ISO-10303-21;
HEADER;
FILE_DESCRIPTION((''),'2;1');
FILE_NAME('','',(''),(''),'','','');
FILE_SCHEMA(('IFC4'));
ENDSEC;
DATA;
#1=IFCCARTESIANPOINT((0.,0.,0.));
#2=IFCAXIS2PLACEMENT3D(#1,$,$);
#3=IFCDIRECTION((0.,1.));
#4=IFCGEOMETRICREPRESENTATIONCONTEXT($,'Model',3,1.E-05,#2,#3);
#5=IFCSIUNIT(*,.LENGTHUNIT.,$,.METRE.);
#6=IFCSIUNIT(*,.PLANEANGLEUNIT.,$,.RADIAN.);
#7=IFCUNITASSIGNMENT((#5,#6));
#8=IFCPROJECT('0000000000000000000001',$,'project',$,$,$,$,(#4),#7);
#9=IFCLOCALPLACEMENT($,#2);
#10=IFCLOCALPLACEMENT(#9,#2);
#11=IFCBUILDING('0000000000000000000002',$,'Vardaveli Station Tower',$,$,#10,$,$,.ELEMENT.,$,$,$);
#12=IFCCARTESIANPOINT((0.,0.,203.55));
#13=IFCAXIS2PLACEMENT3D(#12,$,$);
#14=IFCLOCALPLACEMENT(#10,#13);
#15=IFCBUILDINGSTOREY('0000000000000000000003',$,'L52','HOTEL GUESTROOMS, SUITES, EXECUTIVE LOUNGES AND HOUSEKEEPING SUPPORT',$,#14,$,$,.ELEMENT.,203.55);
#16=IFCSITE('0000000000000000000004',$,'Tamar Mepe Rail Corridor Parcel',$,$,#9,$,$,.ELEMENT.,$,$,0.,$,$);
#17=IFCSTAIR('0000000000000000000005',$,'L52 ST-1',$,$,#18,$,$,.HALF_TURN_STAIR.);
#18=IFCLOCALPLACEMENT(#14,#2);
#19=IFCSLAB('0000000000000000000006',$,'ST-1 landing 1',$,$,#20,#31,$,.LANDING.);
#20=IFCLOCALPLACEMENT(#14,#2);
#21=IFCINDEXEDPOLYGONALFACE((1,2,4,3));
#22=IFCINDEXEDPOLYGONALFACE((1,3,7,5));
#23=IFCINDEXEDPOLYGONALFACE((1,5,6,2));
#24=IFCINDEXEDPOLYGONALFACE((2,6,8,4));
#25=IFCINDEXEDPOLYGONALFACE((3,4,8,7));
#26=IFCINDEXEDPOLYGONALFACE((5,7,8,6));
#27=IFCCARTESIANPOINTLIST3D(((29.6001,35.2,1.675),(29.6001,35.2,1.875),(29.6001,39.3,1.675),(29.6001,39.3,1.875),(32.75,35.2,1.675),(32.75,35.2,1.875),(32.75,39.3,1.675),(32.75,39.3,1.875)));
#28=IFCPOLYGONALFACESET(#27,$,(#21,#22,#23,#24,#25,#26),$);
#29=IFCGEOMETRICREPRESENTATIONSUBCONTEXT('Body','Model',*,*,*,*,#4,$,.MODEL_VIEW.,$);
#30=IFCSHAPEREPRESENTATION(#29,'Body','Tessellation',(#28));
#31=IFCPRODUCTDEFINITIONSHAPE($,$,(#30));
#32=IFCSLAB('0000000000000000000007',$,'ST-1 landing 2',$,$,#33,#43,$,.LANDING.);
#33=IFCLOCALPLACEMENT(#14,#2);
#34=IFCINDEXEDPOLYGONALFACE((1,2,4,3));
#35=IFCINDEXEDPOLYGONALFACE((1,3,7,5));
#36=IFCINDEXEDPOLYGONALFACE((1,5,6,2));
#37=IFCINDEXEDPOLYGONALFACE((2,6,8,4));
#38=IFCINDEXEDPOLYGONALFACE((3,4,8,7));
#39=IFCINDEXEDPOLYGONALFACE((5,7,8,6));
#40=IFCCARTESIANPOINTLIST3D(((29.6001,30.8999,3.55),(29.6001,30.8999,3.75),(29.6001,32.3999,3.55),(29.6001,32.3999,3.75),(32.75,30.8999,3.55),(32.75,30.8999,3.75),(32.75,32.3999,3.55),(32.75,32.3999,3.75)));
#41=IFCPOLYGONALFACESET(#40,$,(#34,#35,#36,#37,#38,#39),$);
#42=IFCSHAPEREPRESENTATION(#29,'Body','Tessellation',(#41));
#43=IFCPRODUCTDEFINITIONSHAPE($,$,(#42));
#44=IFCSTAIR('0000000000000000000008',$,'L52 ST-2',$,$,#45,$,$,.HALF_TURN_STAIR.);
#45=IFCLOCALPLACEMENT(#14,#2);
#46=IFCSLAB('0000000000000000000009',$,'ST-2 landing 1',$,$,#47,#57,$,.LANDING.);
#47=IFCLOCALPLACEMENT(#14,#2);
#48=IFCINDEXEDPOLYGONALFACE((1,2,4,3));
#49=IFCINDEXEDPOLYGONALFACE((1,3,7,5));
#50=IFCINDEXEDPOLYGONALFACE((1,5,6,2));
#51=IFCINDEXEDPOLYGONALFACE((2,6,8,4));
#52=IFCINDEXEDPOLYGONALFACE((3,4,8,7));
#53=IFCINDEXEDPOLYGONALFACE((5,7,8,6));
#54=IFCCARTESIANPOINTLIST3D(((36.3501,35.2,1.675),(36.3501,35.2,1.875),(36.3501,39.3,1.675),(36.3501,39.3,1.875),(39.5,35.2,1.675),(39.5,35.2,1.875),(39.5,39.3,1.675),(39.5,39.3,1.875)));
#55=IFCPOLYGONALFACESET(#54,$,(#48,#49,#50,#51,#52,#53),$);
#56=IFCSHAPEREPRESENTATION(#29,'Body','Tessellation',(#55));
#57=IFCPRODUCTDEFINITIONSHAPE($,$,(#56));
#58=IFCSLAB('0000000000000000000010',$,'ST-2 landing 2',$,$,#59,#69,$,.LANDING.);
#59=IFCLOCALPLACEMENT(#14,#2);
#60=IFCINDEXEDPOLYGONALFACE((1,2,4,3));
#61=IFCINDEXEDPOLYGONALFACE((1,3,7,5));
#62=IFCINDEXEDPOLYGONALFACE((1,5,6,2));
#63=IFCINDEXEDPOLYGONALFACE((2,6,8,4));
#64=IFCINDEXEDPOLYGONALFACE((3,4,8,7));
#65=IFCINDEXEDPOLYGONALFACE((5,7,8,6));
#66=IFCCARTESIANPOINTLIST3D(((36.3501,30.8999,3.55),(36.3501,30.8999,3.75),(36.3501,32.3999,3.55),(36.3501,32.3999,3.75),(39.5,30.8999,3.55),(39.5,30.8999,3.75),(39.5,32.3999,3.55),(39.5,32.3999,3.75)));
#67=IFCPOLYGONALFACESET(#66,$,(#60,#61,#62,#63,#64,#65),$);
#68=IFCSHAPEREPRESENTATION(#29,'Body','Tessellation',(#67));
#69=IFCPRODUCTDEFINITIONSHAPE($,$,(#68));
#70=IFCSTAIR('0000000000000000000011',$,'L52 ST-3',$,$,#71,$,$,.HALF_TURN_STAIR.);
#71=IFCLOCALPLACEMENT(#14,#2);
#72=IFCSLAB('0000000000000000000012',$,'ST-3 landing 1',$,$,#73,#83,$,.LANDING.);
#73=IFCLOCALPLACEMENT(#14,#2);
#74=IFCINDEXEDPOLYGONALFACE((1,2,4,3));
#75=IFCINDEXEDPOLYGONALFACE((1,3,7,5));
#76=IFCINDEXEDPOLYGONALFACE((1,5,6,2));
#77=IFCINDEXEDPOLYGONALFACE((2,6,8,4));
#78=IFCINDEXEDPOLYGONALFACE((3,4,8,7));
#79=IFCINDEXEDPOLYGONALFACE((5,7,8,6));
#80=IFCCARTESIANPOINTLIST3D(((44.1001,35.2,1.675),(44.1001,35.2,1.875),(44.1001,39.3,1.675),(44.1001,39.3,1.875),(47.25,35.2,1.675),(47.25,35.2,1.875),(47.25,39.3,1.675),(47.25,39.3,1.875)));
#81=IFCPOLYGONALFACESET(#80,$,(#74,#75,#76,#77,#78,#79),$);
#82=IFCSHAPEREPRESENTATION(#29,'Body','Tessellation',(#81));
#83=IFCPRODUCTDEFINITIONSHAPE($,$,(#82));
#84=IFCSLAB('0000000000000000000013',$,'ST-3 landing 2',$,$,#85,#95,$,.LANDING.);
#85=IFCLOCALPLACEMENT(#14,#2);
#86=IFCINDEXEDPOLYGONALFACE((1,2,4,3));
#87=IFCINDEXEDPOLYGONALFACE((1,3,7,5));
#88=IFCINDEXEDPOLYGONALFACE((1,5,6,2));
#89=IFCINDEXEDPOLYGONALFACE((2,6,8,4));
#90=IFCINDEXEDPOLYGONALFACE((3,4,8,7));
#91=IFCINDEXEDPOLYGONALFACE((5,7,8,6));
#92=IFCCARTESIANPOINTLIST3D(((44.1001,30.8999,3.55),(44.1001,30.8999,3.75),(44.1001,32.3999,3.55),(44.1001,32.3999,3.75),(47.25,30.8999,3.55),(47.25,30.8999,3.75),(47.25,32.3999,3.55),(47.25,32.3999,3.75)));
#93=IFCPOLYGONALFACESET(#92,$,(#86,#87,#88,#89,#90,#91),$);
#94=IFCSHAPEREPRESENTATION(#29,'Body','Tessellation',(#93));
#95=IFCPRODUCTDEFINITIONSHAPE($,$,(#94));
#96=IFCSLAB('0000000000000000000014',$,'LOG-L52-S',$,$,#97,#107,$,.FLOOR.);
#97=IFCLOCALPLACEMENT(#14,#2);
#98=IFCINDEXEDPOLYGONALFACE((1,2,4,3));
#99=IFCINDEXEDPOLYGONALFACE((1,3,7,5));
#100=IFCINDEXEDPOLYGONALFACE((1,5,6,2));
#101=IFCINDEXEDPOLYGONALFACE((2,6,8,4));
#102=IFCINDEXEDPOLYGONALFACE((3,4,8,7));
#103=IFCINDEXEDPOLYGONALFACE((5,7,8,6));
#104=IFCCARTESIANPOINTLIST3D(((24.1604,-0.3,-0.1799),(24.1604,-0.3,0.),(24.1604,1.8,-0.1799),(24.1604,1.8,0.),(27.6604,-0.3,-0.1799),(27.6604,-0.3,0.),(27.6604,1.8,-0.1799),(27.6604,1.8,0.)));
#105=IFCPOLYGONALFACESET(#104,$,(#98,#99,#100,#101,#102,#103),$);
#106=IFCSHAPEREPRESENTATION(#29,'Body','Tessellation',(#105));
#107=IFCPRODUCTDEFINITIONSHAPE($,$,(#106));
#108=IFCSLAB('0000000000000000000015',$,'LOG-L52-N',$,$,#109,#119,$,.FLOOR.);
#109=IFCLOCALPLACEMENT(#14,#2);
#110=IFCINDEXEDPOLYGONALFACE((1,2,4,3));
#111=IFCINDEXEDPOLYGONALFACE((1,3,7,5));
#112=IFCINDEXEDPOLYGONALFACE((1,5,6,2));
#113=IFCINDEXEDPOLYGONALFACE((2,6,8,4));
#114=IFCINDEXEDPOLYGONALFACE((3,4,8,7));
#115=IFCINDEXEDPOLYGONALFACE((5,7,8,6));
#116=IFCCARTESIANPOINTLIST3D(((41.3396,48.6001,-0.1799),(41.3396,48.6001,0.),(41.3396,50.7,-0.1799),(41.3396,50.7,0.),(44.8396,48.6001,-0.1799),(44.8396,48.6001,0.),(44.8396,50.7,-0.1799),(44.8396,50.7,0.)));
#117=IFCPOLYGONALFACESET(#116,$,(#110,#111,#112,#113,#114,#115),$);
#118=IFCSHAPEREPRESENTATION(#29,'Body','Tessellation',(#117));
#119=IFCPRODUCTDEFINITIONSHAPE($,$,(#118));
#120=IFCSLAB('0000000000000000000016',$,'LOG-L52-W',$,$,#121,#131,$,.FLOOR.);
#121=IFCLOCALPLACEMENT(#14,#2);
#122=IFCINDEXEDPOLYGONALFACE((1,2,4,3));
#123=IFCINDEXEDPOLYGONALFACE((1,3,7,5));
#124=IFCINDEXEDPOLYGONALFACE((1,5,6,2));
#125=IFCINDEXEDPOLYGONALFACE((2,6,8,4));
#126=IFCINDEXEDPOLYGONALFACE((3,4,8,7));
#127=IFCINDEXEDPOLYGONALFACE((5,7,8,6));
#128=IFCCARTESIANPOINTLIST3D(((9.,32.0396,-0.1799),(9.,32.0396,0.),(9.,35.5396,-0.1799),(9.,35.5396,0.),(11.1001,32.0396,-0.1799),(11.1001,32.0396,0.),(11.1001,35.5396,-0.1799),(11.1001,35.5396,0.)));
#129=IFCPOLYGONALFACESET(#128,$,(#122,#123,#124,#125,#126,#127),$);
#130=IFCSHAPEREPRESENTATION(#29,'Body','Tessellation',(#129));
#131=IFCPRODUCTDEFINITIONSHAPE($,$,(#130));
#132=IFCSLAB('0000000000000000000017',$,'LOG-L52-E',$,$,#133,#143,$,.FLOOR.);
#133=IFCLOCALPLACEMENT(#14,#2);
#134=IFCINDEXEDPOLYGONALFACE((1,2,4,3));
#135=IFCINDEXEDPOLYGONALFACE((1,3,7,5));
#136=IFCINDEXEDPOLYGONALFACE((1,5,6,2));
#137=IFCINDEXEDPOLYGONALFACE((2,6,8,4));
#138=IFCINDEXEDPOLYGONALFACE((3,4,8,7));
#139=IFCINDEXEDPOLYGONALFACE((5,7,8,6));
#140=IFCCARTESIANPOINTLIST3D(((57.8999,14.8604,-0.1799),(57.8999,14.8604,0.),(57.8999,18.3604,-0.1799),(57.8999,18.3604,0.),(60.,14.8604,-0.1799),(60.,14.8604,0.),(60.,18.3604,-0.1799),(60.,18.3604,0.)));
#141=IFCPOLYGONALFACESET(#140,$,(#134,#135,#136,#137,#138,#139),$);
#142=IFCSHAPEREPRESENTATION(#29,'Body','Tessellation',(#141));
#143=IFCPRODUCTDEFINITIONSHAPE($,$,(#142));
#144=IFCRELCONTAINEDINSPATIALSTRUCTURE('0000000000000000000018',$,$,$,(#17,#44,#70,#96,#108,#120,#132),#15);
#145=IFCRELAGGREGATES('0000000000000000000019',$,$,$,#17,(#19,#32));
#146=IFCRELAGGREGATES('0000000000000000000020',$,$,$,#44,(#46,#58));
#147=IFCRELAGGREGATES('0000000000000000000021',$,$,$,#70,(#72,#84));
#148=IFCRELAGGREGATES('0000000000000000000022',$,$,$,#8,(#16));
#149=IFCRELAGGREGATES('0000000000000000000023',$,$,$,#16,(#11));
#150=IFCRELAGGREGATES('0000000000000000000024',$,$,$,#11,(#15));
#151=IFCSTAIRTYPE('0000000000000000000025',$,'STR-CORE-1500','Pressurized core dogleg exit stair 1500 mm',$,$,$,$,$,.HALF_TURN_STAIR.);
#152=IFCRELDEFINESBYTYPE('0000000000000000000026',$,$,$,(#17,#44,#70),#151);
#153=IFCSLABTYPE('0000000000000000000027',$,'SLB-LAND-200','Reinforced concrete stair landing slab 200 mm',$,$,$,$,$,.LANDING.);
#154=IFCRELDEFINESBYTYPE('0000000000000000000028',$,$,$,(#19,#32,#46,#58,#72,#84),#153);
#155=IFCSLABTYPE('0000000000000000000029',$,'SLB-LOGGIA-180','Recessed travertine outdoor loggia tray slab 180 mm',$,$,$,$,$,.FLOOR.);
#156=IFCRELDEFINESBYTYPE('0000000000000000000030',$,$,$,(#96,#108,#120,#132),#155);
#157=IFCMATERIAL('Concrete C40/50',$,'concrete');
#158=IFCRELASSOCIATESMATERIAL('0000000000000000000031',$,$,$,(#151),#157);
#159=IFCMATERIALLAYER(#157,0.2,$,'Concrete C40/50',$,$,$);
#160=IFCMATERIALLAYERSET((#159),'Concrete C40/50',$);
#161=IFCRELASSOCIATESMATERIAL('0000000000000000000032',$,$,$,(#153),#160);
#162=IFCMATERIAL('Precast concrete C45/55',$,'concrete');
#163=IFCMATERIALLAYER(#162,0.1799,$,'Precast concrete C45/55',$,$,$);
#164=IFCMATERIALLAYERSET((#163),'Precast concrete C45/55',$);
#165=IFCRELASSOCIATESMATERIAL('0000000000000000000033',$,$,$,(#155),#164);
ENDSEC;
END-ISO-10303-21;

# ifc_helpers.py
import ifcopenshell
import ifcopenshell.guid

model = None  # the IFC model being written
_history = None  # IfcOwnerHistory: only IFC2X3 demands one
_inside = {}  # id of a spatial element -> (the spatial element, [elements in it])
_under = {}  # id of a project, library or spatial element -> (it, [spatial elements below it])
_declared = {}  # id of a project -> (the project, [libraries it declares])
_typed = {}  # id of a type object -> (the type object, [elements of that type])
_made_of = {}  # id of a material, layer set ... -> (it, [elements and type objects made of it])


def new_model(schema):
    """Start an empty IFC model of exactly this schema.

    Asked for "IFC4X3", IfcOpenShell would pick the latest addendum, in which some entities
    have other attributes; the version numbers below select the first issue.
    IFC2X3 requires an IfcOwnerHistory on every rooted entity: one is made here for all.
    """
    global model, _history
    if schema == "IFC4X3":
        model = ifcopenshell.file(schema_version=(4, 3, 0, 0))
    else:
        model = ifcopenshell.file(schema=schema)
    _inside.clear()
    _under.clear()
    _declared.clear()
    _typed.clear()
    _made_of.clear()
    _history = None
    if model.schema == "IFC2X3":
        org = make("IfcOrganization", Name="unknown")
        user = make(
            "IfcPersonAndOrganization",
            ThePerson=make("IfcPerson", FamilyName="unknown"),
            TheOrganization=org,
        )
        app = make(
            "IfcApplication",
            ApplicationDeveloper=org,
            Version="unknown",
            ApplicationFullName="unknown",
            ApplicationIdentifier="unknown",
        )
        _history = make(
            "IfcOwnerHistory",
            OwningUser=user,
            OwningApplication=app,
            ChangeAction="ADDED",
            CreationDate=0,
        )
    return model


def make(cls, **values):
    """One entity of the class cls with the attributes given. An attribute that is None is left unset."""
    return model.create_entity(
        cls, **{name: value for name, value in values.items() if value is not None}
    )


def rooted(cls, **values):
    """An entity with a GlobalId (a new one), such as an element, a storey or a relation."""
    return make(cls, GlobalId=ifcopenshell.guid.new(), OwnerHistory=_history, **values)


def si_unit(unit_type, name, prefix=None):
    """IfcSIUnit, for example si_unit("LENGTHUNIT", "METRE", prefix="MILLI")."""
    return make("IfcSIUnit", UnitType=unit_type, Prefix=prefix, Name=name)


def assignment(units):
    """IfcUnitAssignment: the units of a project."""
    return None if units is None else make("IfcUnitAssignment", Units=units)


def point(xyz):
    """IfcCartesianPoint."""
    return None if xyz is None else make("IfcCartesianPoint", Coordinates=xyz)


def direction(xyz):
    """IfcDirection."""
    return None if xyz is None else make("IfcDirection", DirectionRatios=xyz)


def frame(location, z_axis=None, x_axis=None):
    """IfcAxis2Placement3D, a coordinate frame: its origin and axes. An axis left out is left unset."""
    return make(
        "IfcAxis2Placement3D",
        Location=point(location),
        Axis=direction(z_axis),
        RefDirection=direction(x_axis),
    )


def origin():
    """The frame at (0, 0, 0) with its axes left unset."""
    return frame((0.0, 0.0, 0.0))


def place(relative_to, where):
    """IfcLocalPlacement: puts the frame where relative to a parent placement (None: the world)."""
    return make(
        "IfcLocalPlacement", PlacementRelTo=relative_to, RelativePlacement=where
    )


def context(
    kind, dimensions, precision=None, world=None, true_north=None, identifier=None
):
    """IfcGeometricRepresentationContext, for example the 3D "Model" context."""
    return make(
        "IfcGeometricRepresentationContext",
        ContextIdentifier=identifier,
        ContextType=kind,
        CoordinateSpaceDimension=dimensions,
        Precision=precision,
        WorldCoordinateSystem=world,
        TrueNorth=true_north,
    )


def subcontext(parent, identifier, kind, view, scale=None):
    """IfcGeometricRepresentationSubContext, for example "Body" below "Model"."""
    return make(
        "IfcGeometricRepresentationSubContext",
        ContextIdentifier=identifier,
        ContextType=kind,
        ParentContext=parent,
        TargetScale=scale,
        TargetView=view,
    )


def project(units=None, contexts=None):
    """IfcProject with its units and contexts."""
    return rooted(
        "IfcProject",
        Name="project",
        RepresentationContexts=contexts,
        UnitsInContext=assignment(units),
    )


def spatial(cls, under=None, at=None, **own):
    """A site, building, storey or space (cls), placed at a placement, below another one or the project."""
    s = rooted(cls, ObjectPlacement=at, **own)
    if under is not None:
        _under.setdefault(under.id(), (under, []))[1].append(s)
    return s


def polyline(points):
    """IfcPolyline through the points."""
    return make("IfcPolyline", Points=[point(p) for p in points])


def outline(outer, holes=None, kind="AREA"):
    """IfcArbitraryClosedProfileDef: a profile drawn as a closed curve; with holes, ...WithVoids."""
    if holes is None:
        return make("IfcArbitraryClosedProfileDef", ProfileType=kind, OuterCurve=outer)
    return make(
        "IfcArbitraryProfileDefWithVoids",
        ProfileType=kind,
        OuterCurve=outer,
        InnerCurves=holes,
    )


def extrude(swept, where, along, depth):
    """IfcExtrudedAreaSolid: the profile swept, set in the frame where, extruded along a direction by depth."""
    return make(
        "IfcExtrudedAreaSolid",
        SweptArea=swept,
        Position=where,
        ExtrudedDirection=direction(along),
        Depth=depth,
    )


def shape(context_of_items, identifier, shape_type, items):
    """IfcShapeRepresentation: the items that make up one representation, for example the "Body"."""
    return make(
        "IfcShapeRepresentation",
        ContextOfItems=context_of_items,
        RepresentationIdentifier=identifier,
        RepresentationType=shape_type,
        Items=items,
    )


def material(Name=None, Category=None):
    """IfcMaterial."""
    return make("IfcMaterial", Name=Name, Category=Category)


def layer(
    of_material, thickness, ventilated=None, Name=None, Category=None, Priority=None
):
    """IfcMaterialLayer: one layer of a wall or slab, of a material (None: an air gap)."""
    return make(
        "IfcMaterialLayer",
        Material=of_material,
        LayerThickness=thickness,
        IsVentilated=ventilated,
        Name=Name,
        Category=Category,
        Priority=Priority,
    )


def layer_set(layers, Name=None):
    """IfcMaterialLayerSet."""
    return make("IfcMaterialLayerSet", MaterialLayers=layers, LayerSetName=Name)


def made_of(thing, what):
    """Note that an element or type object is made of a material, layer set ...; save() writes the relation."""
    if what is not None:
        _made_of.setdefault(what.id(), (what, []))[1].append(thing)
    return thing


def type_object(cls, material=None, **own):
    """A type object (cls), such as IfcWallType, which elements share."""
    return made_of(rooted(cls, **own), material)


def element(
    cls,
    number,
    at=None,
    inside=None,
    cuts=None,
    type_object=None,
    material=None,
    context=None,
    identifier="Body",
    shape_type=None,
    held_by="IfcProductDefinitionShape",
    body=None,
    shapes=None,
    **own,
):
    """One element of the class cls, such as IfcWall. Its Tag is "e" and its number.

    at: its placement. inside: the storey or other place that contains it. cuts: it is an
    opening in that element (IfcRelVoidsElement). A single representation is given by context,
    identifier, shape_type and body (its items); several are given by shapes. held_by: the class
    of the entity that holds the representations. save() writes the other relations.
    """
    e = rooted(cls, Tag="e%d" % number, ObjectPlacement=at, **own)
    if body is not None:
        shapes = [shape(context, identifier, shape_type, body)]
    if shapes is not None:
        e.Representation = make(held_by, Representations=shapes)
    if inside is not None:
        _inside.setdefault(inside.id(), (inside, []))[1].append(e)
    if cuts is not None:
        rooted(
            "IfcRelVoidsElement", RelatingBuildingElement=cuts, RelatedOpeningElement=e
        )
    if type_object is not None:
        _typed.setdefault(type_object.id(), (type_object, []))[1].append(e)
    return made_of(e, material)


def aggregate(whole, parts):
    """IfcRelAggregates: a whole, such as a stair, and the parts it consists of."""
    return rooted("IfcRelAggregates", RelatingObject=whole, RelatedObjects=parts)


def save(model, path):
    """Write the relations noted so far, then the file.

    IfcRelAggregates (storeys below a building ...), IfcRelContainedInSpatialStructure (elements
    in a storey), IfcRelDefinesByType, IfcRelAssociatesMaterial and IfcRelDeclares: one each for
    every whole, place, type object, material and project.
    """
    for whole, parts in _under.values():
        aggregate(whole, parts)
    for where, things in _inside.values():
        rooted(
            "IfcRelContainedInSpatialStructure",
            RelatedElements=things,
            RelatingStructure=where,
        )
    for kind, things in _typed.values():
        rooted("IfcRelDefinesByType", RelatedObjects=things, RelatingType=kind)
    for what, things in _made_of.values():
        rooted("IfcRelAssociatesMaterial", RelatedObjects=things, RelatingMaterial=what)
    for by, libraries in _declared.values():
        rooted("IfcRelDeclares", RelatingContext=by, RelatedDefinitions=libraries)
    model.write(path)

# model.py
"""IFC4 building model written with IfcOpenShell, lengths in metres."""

from ifc_helpers import new_model, si_unit, direction, frame, origin, place, context, subcontext, project, spatial, polyline, outline, extrude, material, layer, layer_set, type_object, element, aggregate, save


model = new_model("IFC4")

# Units and contexts
model_context = context("Model", 3, precision=1e-05, world=origin(), true_north=direction((0.0, 1.0)))
body_context = subcontext(model_context, "Body", "Model", "MODEL_VIEW")
ifc_project = project(units=[si_unit("LENGTHUNIT", "METRE"), si_unit("PLANEANGLEUNIT", "RADIAN")], contexts=[model_context])

# Site, building, storey
site_placement = place(None, origin())
site = spatial("IfcSite", under=ifc_project, at=site_placement, Name="Tamar Mepe Rail Corridor Parcel", CompositionType="ELEMENT", RefElevation=0.0)
building_placement = place(site_placement, origin())
building = spatial("IfcBuilding", under=site, at=building_placement, Name="Vardaveli Station Tower", CompositionType="ELEMENT")
storey_placement = place(building_placement, frame((0.0, 0.0, 203.55)))
storey = spatial("IfcBuildingStorey", under=building, at=storey_placement, Name="L52", Description="HOTEL GUESTROOMS, SUITES, EXECUTIVE LOUNGES AND HOUSEKEEPING SUPPORT", CompositionType="ELEMENT", Elevation=203.55)

# Stairs, slabs
ifc_material_1 = material(Name="Concrete C40/50", Category="concrete")
stair_type = type_object("IfcStairType", Name="STR-CORE-1500", Description="Pressurized core dogleg exit stair 1500 mm", PredefinedType="HALF_TURN_STAIR", material=ifc_material_1)
stair_1_placement = place(storey_placement, origin())
stair_1 = element("IfcStair", 1, at=stair_1_placement, inside=storey, type_object=stair_type, Name="L52 ST-1", PredefinedType="HALF_TURN_STAIR")
ifc_layer_1 = layer(ifc_material_1, 0.2, Name="Concrete C40/50")
ifc_layer_set_1 = layer_set([ifc_layer_1], Name="Concrete C40/50")
slab_type_1 = type_object("IfcSlabType", Name="SLB-LAND-200", Description="Reinforced concrete stair landing slab 200 mm", PredefinedType="LANDING", material=ifc_layer_set_1)
slab_1_placement = place(storey_placement, frame((0.0, 0.0, 1.675)))
slab_1 = element("IfcSlab", 2, at=slab_1_placement, type_object=slab_type_1, Name="ST-1 landing 1", PredefinedType="LANDING", context=body_context, shape_type="SweptSolid", body=[
    extrude(outline(polyline([(32.75, 35.2), (32.75, 39.3), (29.6001, 39.3), (29.6001, 35.2), (32.75, 35.2)])), origin(), (0.0, 0.0, 1.0), 0.2),
])
slab_2_placement = place(storey_placement, frame((0.0, 0.0, 3.55)))
slab_2 = element("IfcSlab", 3, at=slab_2_placement, type_object=slab_type_1, Name="ST-1 landing 2", PredefinedType="LANDING", context=body_context, shape_type="SweptSolid", body=[
    extrude(outline(polyline([(32.75, 30.8999), (32.75, 32.3999), (29.6001, 32.3999), (29.6001, 30.8999), (32.75, 30.8999)])), origin(), (0.0, 0.0, 1.0), 0.2),
])
aggregate(stair_1, [slab_1, slab_2])
stair_2_placement = place(storey_placement, origin())
stair_2 = element("IfcStair", 4, at=stair_2_placement, inside=storey, type_object=stair_type, Name="L52 ST-2", PredefinedType="HALF_TURN_STAIR")
slab_3_placement = place(storey_placement, frame((0.0, 0.0, 1.675)))
slab_3 = element("IfcSlab", 5, at=slab_3_placement, type_object=slab_type_1, Name="ST-2 landing 1", PredefinedType="LANDING", context=body_context, shape_type="SweptSolid", body=[
    extrude(outline(polyline([(39.5, 35.2), (39.5, 39.3), (36.3501, 39.3), (36.3501, 35.2), (39.5, 35.2)])), origin(), (0.0, 0.0, 1.0), 0.2),
])
slab_4_placement = place(storey_placement, frame((0.0, 0.0, 3.55)))
slab_4 = element("IfcSlab", 6, at=slab_4_placement, type_object=slab_type_1, Name="ST-2 landing 2", PredefinedType="LANDING", context=body_context, shape_type="SweptSolid", body=[
    extrude(outline(polyline([(39.5, 30.8999), (39.5, 32.3999), (36.3501, 32.3999), (36.3501, 30.8999), (39.5, 30.8999)])), origin(), (0.0, 0.0, 1.0), 0.2),
])
aggregate(stair_2, [slab_3, slab_4])
stair_3_placement = place(storey_placement, origin())
stair_3 = element("IfcStair", 7, at=stair_3_placement, inside=storey, type_object=stair_type, Name="L52 ST-3", PredefinedType="HALF_TURN_STAIR")
slab_5_placement = place(storey_placement, frame((0.0, 0.0, 1.675)))
slab_5 = element("IfcSlab", 8, at=slab_5_placement, type_object=slab_type_1, Name="ST-3 landing 1", PredefinedType="LANDING", context=body_context, shape_type="SweptSolid", body=[
    extrude(outline(polyline([(47.25, 35.2), (47.25, 39.3), (44.1001, 39.3), (44.1001, 35.2), (47.25, 35.2)])), origin(), (0.0, 0.0, 1.0), 0.2),
])
slab_6_placement = place(storey_placement, frame((0.0, 0.0, 3.55)))
slab_6 = element("IfcSlab", 9, at=slab_6_placement, type_object=slab_type_1, Name="ST-3 landing 2", PredefinedType="LANDING", context=body_context, shape_type="SweptSolid", body=[
    extrude(outline(polyline([(47.25, 30.8999), (47.25, 32.3999), (44.1001, 32.3999), (44.1001, 30.8999), (47.25, 30.8999)])), origin(), (0.0, 0.0, 1.0), 0.2),
])
aggregate(stair_3, [slab_5, slab_6])

# Slabs
ifc_material_2 = material(Name="Precast concrete C45/55", Category="concrete")
ifc_layer_2 = layer(ifc_material_2, 0.1799, Name="Precast concrete C45/55")
ifc_layer_set_2 = layer_set([ifc_layer_2], Name="Precast concrete C45/55")
slab_type_2 = type_object("IfcSlabType", Name="SLB-LOGGIA-180", Description="Recessed travertine outdoor loggia tray slab 180 mm", PredefinedType="FLOOR", material=ifc_layer_set_2)
slab_7_placement = place(storey_placement, frame((0.0, 0.0, -0.1799)))
element("IfcSlab", 10, at=slab_7_placement, inside=storey, type_object=slab_type_2, Name="LOG-L52-S", PredefinedType="FLOOR", context=body_context, shape_type="SweptSolid", body=[
    extrude(outline(polyline([(24.1604, -0.3), (27.6604, -0.3), (27.6604, 1.8), (24.1604, 1.8), (24.1604, -0.3)])), origin(), (0.0, 0.0, 1.0), 0.1799),
])
slab_8_placement = place(storey_placement, frame((0.0, 0.0, -0.1799)))
element("IfcSlab", 11, at=slab_8_placement, inside=storey, type_object=slab_type_2, Name="LOG-L52-N", PredefinedType="FLOOR", context=body_context, shape_type="SweptSolid", body=[
    extrude(outline(polyline([(41.3396, 48.6001), (44.8396, 48.6001), (44.8396, 50.7), (41.3396, 50.7), (41.3396, 48.6001)])), origin(), (0.0, 0.0, 1.0), 0.1799),
])
slab_9_placement = place(storey_placement, frame((0.0, 0.0, -0.1799)))
element("IfcSlab", 12, at=slab_9_placement, inside=storey, type_object=slab_type_2, Name="LOG-L52-W", PredefinedType="FLOOR", context=body_context, shape_type="SweptSolid", body=[
    extrude(outline(polyline([(9.0, 32.0396), (11.1001, 32.0396), (11.1001, 35.5396), (9.0, 35.5396), (9.0, 32.0396)])), origin(), (0.0, 0.0, 1.0), 0.1799),
])
slab_10_placement = place(storey_placement, frame((0.0, 0.0, -0.1799)))
element("IfcSlab", 13, at=slab_10_placement, inside=storey, type_object=slab_type_2, Name="LOG-L52-E", PredefinedType="FLOOR", context=body_context, shape_type="SweptSolid", body=[
    extrude(outline(polyline([(57.8999, 14.8604), (60.0, 14.8604), (60.0, 18.3604), (57.8999, 18.3604), (57.8999, 14.8604)])), origin(), (0.0, 0.0, 1.0), 0.1799),
])

save(model, "model.ifc")
